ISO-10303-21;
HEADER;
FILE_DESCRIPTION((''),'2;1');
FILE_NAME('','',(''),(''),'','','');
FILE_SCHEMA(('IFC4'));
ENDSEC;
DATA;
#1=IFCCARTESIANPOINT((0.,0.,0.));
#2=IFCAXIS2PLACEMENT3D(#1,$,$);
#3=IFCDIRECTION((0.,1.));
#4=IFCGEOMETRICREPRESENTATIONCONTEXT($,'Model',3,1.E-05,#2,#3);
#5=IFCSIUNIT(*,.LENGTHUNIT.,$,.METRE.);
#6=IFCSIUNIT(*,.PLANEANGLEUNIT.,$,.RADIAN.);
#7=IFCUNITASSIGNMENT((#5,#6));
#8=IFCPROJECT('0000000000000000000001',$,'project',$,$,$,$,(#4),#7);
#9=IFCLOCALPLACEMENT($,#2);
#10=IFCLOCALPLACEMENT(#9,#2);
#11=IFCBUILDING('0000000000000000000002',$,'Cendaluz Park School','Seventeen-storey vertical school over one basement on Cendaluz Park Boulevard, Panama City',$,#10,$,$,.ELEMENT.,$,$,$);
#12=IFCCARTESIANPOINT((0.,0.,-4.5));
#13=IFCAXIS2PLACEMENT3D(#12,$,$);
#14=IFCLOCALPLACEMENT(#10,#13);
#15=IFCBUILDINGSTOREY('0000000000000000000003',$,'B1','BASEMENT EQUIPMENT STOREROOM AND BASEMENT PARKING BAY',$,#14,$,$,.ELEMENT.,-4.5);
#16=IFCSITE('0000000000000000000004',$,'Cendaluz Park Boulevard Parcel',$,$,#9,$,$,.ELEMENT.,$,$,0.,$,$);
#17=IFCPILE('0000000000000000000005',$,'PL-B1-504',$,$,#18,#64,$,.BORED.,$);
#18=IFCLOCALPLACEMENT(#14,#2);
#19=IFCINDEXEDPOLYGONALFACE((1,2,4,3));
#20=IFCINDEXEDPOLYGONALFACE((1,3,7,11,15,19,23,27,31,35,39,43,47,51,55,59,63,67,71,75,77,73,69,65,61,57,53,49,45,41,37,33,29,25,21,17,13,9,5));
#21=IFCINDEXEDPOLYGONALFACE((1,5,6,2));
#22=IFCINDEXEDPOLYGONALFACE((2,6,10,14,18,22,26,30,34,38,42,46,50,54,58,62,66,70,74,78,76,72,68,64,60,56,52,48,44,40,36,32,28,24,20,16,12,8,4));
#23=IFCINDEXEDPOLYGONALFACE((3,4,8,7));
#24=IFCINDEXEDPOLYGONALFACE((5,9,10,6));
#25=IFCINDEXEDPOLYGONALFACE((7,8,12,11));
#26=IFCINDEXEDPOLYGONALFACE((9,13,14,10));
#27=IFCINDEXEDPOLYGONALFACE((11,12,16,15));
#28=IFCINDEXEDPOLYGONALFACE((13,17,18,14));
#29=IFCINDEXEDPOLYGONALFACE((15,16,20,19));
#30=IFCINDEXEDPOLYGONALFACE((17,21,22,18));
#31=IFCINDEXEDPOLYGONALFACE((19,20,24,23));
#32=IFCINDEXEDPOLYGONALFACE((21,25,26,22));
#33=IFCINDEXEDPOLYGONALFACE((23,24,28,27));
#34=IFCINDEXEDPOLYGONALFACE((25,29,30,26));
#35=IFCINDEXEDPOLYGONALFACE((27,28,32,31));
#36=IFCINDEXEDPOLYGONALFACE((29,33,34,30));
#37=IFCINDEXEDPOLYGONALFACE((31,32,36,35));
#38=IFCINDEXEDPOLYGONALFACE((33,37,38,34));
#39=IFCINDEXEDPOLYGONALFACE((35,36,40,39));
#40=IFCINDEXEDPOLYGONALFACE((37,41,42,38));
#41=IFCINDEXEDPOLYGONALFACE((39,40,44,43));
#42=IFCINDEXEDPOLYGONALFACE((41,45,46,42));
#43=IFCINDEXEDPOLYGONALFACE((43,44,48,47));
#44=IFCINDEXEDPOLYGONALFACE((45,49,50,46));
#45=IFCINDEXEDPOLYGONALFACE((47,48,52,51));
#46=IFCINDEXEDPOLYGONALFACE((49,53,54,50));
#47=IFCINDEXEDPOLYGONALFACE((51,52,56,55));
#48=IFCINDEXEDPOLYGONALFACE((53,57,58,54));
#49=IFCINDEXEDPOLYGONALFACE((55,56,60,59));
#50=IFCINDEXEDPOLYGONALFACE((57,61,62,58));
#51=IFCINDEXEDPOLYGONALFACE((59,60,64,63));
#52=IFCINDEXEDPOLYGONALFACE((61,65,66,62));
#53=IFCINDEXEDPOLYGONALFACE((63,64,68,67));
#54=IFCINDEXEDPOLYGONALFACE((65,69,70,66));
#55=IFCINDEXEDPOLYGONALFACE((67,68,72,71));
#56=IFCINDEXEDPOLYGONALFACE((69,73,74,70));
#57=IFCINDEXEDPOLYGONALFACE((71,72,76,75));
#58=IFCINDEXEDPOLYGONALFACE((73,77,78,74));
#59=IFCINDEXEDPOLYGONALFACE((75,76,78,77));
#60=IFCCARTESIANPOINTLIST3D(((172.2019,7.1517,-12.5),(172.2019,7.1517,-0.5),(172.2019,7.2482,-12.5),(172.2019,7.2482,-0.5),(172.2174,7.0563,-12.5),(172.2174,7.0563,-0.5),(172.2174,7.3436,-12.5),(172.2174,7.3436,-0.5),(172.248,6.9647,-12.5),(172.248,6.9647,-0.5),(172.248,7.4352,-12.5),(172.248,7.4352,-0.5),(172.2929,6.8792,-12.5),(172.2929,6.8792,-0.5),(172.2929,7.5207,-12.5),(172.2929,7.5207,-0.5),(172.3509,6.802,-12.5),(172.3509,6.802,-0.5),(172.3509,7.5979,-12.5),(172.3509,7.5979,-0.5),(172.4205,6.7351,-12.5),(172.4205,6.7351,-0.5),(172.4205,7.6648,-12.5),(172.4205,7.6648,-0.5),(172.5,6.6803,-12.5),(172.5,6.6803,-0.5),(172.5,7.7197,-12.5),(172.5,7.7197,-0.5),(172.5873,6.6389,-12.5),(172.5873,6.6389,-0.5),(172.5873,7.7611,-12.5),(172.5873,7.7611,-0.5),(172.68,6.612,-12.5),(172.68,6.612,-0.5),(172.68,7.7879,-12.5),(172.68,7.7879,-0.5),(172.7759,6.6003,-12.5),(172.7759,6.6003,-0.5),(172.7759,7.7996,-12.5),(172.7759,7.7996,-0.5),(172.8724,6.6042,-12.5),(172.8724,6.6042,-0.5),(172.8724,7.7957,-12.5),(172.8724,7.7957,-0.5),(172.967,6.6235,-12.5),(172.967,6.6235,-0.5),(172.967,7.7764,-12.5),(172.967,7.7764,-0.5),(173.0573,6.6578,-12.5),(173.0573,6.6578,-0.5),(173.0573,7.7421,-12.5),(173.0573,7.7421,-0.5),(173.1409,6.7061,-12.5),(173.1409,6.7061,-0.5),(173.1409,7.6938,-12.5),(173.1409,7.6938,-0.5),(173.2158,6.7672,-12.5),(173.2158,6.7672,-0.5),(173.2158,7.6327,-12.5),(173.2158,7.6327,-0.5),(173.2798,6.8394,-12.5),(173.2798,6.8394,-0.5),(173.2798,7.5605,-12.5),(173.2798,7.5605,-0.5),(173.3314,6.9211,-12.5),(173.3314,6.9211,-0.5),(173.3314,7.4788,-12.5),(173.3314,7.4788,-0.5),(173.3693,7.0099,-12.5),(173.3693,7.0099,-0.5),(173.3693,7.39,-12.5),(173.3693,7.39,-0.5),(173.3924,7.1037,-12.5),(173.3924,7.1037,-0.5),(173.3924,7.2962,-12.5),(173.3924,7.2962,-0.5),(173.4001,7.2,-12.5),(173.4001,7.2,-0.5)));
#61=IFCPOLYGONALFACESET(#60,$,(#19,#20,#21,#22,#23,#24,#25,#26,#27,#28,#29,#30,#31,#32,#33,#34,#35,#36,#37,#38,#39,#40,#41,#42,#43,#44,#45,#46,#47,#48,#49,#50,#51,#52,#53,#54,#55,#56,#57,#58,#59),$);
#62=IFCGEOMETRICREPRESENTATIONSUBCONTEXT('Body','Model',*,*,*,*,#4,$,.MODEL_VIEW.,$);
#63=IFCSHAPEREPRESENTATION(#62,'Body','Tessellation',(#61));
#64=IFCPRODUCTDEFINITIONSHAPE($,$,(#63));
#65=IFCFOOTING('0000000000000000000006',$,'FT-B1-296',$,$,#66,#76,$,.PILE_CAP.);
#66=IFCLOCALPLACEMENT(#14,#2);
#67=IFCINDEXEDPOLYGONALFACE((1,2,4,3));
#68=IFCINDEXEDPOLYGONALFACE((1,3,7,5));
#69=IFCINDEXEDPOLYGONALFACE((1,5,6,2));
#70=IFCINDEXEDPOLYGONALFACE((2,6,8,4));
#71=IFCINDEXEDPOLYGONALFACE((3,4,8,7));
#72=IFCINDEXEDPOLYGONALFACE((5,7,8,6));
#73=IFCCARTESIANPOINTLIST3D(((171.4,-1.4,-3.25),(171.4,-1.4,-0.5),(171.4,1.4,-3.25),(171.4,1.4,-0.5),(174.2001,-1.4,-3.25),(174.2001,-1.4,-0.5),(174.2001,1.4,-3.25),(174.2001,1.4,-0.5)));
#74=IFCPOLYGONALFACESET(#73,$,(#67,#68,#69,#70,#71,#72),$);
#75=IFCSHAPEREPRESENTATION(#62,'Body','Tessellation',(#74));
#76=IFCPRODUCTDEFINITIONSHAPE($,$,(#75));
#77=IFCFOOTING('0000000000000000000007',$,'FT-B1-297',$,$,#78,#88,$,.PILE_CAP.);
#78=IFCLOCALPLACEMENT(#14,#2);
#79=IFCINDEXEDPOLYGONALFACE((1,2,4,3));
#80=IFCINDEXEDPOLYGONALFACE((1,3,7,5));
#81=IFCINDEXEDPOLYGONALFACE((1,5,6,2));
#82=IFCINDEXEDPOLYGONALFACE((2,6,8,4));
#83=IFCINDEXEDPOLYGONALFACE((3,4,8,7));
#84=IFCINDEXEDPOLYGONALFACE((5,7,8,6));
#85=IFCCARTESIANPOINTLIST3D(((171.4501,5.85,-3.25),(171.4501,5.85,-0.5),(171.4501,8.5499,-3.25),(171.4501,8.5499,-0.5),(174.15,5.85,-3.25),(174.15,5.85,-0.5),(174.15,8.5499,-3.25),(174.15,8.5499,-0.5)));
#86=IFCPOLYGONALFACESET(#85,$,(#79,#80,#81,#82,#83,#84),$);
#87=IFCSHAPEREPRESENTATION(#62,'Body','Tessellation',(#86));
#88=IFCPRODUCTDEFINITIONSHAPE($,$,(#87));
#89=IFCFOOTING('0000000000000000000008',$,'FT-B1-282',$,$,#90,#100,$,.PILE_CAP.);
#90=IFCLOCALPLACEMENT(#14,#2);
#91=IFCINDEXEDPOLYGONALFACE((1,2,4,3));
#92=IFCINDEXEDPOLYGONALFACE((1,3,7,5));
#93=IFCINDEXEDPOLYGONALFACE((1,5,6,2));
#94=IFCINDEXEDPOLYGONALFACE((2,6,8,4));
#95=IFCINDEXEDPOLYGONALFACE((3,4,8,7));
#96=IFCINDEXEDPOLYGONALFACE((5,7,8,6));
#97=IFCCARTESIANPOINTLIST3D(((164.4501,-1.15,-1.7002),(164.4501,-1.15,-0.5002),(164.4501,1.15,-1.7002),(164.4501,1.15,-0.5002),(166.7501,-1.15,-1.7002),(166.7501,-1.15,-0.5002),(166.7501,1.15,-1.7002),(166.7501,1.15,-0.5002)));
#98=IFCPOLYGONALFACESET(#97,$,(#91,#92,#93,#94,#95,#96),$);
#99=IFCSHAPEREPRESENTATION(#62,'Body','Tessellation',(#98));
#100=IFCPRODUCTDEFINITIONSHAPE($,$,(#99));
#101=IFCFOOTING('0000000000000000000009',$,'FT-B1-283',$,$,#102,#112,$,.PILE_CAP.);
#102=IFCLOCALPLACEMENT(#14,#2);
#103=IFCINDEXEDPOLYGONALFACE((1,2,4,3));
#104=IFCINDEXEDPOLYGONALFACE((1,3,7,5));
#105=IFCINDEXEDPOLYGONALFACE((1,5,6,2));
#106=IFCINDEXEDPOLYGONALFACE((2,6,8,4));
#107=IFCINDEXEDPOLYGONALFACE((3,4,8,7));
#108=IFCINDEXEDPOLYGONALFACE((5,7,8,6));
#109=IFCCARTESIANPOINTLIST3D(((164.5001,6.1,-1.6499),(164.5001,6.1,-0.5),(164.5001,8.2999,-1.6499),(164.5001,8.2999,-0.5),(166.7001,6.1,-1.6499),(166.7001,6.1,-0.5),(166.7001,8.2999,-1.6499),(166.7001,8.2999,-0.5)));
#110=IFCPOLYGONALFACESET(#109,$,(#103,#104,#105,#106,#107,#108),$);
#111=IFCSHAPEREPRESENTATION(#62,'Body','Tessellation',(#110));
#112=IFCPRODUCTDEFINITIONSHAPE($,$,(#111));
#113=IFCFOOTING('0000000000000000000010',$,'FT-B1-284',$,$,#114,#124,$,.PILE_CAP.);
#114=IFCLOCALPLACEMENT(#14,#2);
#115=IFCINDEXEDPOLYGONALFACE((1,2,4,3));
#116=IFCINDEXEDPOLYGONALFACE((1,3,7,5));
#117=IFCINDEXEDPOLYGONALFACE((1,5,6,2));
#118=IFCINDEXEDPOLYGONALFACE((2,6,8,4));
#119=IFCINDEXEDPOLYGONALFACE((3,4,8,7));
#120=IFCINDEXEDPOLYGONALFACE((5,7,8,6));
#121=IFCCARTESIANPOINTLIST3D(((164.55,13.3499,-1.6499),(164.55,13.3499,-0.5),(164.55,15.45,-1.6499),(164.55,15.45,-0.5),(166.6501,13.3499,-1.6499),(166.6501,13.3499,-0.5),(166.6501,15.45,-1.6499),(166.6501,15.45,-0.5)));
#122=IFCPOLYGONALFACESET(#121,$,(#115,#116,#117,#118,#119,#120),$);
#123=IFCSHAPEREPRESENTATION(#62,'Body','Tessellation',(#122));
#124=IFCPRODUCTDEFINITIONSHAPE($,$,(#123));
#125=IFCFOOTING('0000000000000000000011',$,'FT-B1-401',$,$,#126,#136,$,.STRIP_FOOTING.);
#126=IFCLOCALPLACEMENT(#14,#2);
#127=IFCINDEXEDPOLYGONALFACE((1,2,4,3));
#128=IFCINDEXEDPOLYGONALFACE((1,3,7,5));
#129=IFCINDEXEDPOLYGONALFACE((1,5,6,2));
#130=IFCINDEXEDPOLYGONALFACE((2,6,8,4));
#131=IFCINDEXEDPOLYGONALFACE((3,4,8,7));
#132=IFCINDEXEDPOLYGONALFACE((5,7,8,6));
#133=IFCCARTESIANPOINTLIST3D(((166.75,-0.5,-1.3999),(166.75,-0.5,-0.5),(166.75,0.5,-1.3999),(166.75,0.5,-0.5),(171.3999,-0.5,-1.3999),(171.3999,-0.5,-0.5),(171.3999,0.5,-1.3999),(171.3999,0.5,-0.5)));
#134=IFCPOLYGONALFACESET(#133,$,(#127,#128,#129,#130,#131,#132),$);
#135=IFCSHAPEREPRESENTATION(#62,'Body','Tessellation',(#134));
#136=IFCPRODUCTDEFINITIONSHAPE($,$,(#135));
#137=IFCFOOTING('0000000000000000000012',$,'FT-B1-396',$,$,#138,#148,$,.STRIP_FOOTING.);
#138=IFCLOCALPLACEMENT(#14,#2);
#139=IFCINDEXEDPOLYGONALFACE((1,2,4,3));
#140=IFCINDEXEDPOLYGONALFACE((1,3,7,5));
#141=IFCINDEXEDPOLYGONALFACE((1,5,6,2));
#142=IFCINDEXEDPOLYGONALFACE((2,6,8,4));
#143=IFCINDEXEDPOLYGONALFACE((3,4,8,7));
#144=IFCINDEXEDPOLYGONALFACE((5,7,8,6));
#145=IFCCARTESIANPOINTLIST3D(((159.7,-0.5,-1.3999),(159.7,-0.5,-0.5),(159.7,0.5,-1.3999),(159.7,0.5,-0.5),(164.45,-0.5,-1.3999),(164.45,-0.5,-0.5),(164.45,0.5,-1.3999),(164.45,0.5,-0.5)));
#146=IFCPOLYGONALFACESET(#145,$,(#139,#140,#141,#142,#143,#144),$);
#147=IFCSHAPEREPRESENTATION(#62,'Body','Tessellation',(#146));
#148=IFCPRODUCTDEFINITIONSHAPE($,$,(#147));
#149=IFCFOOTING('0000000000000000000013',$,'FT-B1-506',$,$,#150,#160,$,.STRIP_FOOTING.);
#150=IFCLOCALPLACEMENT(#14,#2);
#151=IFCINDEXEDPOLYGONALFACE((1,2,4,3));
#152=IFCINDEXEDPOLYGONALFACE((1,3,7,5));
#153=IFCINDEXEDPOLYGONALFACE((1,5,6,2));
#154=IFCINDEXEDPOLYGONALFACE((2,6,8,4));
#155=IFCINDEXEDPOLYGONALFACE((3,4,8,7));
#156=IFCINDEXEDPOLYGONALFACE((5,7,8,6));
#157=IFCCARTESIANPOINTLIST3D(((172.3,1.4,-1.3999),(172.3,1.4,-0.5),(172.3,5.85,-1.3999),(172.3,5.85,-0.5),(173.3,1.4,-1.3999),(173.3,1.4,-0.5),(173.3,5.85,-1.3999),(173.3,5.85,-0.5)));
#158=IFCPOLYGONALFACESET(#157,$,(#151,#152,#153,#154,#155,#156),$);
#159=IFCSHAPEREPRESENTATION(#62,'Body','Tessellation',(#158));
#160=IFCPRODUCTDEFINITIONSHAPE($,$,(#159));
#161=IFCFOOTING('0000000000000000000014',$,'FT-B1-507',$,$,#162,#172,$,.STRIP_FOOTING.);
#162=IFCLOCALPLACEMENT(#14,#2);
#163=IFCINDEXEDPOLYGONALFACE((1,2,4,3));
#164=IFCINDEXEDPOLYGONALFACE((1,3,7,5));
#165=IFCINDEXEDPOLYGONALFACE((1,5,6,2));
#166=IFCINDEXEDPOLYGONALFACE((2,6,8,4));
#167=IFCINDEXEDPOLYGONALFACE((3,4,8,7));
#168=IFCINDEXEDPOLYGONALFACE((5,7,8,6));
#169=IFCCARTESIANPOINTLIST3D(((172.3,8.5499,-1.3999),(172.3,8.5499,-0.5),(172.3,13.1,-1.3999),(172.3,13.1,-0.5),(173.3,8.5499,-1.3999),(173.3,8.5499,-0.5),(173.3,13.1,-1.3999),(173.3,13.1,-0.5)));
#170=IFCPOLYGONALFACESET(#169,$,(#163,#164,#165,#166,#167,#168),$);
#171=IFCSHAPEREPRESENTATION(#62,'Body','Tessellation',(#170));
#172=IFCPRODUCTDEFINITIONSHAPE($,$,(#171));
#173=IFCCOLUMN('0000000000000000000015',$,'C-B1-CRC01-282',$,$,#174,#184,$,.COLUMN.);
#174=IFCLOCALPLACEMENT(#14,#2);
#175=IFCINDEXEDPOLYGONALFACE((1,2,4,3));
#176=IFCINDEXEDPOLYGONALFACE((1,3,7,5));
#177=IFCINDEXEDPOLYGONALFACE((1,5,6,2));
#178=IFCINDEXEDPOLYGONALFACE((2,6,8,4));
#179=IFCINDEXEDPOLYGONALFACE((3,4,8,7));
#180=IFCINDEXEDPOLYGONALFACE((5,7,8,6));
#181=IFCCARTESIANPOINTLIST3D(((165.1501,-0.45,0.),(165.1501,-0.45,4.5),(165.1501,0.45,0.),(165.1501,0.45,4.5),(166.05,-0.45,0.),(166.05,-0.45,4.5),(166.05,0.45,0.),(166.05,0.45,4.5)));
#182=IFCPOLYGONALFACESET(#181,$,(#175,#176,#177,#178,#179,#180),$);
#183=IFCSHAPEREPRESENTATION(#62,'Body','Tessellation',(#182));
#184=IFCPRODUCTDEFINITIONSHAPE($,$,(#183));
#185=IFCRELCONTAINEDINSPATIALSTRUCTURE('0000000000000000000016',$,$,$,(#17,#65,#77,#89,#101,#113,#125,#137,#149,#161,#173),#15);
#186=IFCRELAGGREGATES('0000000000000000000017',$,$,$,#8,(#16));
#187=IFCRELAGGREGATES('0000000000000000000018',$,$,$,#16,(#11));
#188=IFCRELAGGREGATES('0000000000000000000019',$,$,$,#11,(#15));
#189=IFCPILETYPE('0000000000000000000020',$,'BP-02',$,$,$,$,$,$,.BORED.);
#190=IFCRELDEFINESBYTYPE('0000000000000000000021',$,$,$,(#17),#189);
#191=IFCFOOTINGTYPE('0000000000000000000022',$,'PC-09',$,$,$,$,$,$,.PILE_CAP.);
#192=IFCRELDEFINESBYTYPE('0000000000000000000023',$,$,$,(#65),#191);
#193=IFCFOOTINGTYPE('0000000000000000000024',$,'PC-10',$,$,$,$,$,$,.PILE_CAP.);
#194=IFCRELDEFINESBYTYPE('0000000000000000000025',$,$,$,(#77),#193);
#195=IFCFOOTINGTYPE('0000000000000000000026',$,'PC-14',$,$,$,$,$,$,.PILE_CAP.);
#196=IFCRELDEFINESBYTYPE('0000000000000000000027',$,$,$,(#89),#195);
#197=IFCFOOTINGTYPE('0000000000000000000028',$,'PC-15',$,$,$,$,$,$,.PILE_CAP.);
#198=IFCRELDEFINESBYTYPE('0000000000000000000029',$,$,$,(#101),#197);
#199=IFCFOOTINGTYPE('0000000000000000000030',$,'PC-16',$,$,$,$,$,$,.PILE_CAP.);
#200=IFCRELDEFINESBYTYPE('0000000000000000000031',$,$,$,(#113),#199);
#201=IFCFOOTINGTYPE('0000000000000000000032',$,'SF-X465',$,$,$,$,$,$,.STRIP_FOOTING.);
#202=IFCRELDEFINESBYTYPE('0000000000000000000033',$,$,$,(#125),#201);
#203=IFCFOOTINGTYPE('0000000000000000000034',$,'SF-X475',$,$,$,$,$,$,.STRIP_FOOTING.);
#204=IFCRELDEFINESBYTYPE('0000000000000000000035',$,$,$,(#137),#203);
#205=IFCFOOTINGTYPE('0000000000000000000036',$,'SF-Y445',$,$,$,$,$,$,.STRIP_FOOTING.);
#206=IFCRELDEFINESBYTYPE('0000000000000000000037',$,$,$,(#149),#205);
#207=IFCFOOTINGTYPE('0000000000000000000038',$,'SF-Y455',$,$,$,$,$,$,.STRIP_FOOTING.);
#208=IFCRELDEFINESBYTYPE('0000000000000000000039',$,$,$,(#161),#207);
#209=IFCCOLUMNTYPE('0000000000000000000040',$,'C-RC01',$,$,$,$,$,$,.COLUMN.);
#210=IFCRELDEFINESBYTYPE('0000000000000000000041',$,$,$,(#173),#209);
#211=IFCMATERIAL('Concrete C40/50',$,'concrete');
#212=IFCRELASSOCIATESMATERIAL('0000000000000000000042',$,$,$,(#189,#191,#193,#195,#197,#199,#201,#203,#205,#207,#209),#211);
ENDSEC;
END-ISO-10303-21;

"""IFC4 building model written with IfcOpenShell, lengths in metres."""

from ifc_helpers import new_model, si_unit, direction, frame, origin, origin_2d, place, context, subcontext, project, spatial, rectangle, circle, extrude, material, material_profile, profile_set, type_object, element, save


model = new_model("IFC4")

# Units and contexts
model_context = context("Model", 3, precision=1e-05, world=origin(), true_north=direction((0.0, 1.0)))
body_context = subcontext(model_context, "Body", "Model", "MODEL_VIEW")
ifc_project = project(units=[si_unit("LENGTHUNIT", "METRE"), si_unit("PLANEANGLEUNIT", "RADIAN")], contexts=[model_context])

# Site, building, storey
site_placement = place(None, origin())
site = spatial("IfcSite", under=ifc_project, at=site_placement, Name="Cendaluz Park Boulevard Parcel", CompositionType="ELEMENT", RefElevation=0.0)
building_placement = place(site_placement, origin())
building = spatial("IfcBuilding", under=site, at=building_placement, Name="Cendaluz Park School", Description="Seventeen-storey vertical school over one basement on Cendaluz Park Boulevard, Panama City", CompositionType="ELEMENT")
storey_placement = place(building_placement, frame((0.0, 0.0, -4.5)))
storey = spatial("IfcBuildingStorey", under=building, at=storey_placement, Name="B1", Description="BASEMENT EQUIPMENT STOREROOM AND BASEMENT PARKING BAY", CompositionType="ELEMENT", Elevation=-4.5)

# Pile
ifc_material_1 = material(Name="Concrete C40/50", Category="concrete")
ifc_material_profile_1 = material_profile(ifc_material_1, circle(Radius=0.6001, at=origin_2d()), Name="BP D1200", Category="concrete")
ifc_profile_set_1 = profile_set([ifc_material_profile_1], Name="Concrete C40/50")
pile_type_1 = type_object("IfcPileType", Name="BP-02", PredefinedType="BORED", material=ifc_profile_set_1)
for number, where, z_axis, x_axis, name in (
    (1, (172.8, 7.2, -0.5), (0.0, 0.0, -1.0), (1.0, 0.0, 0.0), "PL-B1-504"),
):
    element("IfcPile", number, at=place(storey_placement, frame(where, z_axis=z_axis, x_axis=x_axis)), inside=storey, type_object=pile_type_1, Name=name, PredefinedType="BORED", context=body_context, shape_type="SweptSolid", body=[
        extrude(circle(Radius=0.6001, at=origin_2d()), origin(), (0.0, 0.0, 1.0), 12.0),
    ])

# Footings
footing_type_1 = type_object("IfcFootingType", Name="PC-09", PredefinedType="PILE_CAP", material=ifc_material_1)
footing_1_placement = place(storey_placement, frame((172.8, 0.0, -3.25), z_axis=(0.0, 0.0, 1.0), x_axis=(1.0, 0.0, 0.0)))
element("IfcFooting", 2, at=footing_1_placement, inside=storey, type_object=footing_type_1, Name="FT-B1-296", PredefinedType="PILE_CAP", context=body_context, shape_type="SweptSolid", body=[
    extrude(rectangle(XDim=2.8, YDim=2.8, at=origin_2d()), origin(), (0.0, 0.0, 1.0), 2.75),
])
footing_type_2 = type_object("IfcFootingType", Name="PC-10", PredefinedType="PILE_CAP", material=ifc_material_1)
footing_2_placement = place(storey_placement, frame((172.8, 7.2, -3.25), z_axis=(0.0, 0.0, 1.0), x_axis=(1.0, 0.0, 0.0)))
element("IfcFooting", 3, at=footing_2_placement, inside=storey, type_object=footing_type_2, Name="FT-B1-297", PredefinedType="PILE_CAP", context=body_context, shape_type="SweptSolid", body=[
    extrude(rectangle(XDim=2.7, YDim=2.7, at=origin_2d()), origin(), (0.0, 0.0, 1.0), 2.75),
])
footing_type_3 = type_object("IfcFootingType", Name="PC-14", PredefinedType="PILE_CAP", material=ifc_material_1)
footing_3_placement = place(storey_placement, frame((165.6001, 0.0, -1.7002), z_axis=(0.0, 0.0, 1.0), x_axis=(1.0, 0.0, 0.0)))
element("IfcFooting", 4, at=footing_3_placement, inside=storey, type_object=footing_type_3, Name="FT-B1-282", PredefinedType="PILE_CAP", context=body_context, shape_type="SweptSolid", body=[
    extrude(rectangle(XDim=2.3, YDim=2.3, at=origin_2d()), origin(), (0.0, 0.0, 1.0), 1.2),
])
footing_type_4 = type_object("IfcFootingType", Name="PC-15", PredefinedType="PILE_CAP", material=ifc_material_1)
footing_4_placement = place(storey_placement, frame((165.6001, 7.2, -1.6499), z_axis=(0.0, 0.0, 1.0), x_axis=(1.0, 0.0, 0.0)))
element("IfcFooting", 5, at=footing_4_placement, inside=storey, type_object=footing_type_4, Name="FT-B1-283", PredefinedType="PILE_CAP", context=body_context, shape_type="SweptSolid", body=[
    extrude(rectangle(XDim=2.2, YDim=2.2, at=origin_2d()), origin(), (0.0, 0.0, 1.0), 1.1499),
])
footing_type_5 = type_object("IfcFootingType", Name="PC-16", PredefinedType="PILE_CAP", material=ifc_material_1)
footing_5_placement = place(storey_placement, frame((165.6001, 14.3999, -1.6499), z_axis=(0.0, 0.0, 1.0), x_axis=(1.0, 0.0, 0.0)))
element("IfcFooting", 6, at=footing_5_placement, inside=storey, type_object=footing_type_5, Name="FT-B1-284", PredefinedType="PILE_CAP", context=body_context, shape_type="SweptSolid", body=[
    extrude(rectangle(XDim=2.1001, YDim=2.1001, at=origin_2d()), origin(), (0.0, 0.0, 1.0), 1.1499),
])
footing_type_6 = type_object("IfcFootingType", Name="SF-X465", PredefinedType="STRIP_FOOTING", material=ifc_material_1)
footing_6_placement = place(storey_placement, frame((169.075, 0.0, -1.3999), z_axis=(0.0, 0.0, 1.0), x_axis=(1.0, 0.0, 0.0)))
element("IfcFooting", 7, at=footing_6_placement, inside=storey, type_object=footing_type_6, Name="FT-B1-401", PredefinedType="STRIP_FOOTING", context=body_context, shape_type="SweptSolid", body=[
    extrude(rectangle(XDim=4.6499, YDim=1.0, at=origin_2d()), origin(), (0.0, 0.0, 1.0), 0.8999),
])
footing_type_7 = type_object("IfcFootingType", Name="SF-X475", PredefinedType="STRIP_FOOTING", material=ifc_material_1)
footing_7_placement = place(storey_placement, frame((162.075, 0.0, -1.3999), z_axis=(0.0, 0.0, 1.0), x_axis=(1.0, 0.0, 0.0)))
element("IfcFooting", 8, at=footing_7_placement, inside=storey, type_object=footing_type_7, Name="FT-B1-396", PredefinedType="STRIP_FOOTING", context=body_context, shape_type="SweptSolid", body=[
    extrude(rectangle(XDim=4.75, YDim=1.0, at=origin_2d()), origin(), (0.0, 0.0, 1.0), 0.8999),
])
footing_type_8 = type_object("IfcFootingType", Name="SF-Y445", PredefinedType="STRIP_FOOTING", material=ifc_material_1)
footing_8_placement = place(storey_placement, frame((172.8, 3.625, -1.3999), z_axis=(0.0, 0.0, 1.0), x_axis=(1.0, 0.0, 0.0)))
element("IfcFooting", 9, at=footing_8_placement, inside=storey, type_object=footing_type_8, Name="FT-B1-506", PredefinedType="STRIP_FOOTING", context=body_context, shape_type="SweptSolid", body=[
    extrude(rectangle(XDim=1.0, YDim=4.45, at=origin_2d()), origin(), (0.0, 0.0, 1.0), 0.8999),
])
footing_type_9 = type_object("IfcFootingType", Name="SF-Y455", PredefinedType="STRIP_FOOTING", material=ifc_material_1)
footing_9_placement = place(storey_placement, frame((172.8, 10.825, -1.3999), z_axis=(0.0, 0.0, 1.0), x_axis=(1.0, 0.0, 0.0)))
element("IfcFooting", 10, at=footing_9_placement, inside=storey, type_object=footing_type_9, Name="FT-B1-507", PredefinedType="STRIP_FOOTING", context=body_context, shape_type="SweptSolid", body=[
    extrude(rectangle(XDim=1.0, YDim=4.55, at=origin_2d()), origin(), (0.0, 0.0, 1.0), 0.8999),
])

# Column
ifc_material_profile_2 = material_profile(ifc_material_1, rectangle(XDim=0.8999, YDim=0.8999, at=origin_2d()), Name="RC 900x900", Category="concrete")
ifc_profile_set_2 = profile_set([ifc_material_profile_2], Name="Concrete C40/50")
column_type_1 = type_object("IfcColumnType", Name="C-RC01", PredefinedType="COLUMN", material=ifc_profile_set_2)
for number, where, z_axis, x_axis, name in (
    (11, (165.6001, 0.0, 0.0), (0.0, 0.0, 1.0), (1.0, 0.0, 0.0), "C-B1-CRC01-282"),
):
    element("IfcColumn", number, at=place(storey_placement, frame(where, z_axis=z_axis, x_axis=x_axis)), inside=storey, type_object=column_type_1, Name=name, PredefinedType="COLUMN", context=body_context, shape_type="SweptSolid", body=[
        extrude(rectangle(XDim=0.8999, YDim=0.8999, at=origin_2d()), origin(), (0.0, 0.0, 1.0), 4.5),
    ])

save(model, "model.ifc")
